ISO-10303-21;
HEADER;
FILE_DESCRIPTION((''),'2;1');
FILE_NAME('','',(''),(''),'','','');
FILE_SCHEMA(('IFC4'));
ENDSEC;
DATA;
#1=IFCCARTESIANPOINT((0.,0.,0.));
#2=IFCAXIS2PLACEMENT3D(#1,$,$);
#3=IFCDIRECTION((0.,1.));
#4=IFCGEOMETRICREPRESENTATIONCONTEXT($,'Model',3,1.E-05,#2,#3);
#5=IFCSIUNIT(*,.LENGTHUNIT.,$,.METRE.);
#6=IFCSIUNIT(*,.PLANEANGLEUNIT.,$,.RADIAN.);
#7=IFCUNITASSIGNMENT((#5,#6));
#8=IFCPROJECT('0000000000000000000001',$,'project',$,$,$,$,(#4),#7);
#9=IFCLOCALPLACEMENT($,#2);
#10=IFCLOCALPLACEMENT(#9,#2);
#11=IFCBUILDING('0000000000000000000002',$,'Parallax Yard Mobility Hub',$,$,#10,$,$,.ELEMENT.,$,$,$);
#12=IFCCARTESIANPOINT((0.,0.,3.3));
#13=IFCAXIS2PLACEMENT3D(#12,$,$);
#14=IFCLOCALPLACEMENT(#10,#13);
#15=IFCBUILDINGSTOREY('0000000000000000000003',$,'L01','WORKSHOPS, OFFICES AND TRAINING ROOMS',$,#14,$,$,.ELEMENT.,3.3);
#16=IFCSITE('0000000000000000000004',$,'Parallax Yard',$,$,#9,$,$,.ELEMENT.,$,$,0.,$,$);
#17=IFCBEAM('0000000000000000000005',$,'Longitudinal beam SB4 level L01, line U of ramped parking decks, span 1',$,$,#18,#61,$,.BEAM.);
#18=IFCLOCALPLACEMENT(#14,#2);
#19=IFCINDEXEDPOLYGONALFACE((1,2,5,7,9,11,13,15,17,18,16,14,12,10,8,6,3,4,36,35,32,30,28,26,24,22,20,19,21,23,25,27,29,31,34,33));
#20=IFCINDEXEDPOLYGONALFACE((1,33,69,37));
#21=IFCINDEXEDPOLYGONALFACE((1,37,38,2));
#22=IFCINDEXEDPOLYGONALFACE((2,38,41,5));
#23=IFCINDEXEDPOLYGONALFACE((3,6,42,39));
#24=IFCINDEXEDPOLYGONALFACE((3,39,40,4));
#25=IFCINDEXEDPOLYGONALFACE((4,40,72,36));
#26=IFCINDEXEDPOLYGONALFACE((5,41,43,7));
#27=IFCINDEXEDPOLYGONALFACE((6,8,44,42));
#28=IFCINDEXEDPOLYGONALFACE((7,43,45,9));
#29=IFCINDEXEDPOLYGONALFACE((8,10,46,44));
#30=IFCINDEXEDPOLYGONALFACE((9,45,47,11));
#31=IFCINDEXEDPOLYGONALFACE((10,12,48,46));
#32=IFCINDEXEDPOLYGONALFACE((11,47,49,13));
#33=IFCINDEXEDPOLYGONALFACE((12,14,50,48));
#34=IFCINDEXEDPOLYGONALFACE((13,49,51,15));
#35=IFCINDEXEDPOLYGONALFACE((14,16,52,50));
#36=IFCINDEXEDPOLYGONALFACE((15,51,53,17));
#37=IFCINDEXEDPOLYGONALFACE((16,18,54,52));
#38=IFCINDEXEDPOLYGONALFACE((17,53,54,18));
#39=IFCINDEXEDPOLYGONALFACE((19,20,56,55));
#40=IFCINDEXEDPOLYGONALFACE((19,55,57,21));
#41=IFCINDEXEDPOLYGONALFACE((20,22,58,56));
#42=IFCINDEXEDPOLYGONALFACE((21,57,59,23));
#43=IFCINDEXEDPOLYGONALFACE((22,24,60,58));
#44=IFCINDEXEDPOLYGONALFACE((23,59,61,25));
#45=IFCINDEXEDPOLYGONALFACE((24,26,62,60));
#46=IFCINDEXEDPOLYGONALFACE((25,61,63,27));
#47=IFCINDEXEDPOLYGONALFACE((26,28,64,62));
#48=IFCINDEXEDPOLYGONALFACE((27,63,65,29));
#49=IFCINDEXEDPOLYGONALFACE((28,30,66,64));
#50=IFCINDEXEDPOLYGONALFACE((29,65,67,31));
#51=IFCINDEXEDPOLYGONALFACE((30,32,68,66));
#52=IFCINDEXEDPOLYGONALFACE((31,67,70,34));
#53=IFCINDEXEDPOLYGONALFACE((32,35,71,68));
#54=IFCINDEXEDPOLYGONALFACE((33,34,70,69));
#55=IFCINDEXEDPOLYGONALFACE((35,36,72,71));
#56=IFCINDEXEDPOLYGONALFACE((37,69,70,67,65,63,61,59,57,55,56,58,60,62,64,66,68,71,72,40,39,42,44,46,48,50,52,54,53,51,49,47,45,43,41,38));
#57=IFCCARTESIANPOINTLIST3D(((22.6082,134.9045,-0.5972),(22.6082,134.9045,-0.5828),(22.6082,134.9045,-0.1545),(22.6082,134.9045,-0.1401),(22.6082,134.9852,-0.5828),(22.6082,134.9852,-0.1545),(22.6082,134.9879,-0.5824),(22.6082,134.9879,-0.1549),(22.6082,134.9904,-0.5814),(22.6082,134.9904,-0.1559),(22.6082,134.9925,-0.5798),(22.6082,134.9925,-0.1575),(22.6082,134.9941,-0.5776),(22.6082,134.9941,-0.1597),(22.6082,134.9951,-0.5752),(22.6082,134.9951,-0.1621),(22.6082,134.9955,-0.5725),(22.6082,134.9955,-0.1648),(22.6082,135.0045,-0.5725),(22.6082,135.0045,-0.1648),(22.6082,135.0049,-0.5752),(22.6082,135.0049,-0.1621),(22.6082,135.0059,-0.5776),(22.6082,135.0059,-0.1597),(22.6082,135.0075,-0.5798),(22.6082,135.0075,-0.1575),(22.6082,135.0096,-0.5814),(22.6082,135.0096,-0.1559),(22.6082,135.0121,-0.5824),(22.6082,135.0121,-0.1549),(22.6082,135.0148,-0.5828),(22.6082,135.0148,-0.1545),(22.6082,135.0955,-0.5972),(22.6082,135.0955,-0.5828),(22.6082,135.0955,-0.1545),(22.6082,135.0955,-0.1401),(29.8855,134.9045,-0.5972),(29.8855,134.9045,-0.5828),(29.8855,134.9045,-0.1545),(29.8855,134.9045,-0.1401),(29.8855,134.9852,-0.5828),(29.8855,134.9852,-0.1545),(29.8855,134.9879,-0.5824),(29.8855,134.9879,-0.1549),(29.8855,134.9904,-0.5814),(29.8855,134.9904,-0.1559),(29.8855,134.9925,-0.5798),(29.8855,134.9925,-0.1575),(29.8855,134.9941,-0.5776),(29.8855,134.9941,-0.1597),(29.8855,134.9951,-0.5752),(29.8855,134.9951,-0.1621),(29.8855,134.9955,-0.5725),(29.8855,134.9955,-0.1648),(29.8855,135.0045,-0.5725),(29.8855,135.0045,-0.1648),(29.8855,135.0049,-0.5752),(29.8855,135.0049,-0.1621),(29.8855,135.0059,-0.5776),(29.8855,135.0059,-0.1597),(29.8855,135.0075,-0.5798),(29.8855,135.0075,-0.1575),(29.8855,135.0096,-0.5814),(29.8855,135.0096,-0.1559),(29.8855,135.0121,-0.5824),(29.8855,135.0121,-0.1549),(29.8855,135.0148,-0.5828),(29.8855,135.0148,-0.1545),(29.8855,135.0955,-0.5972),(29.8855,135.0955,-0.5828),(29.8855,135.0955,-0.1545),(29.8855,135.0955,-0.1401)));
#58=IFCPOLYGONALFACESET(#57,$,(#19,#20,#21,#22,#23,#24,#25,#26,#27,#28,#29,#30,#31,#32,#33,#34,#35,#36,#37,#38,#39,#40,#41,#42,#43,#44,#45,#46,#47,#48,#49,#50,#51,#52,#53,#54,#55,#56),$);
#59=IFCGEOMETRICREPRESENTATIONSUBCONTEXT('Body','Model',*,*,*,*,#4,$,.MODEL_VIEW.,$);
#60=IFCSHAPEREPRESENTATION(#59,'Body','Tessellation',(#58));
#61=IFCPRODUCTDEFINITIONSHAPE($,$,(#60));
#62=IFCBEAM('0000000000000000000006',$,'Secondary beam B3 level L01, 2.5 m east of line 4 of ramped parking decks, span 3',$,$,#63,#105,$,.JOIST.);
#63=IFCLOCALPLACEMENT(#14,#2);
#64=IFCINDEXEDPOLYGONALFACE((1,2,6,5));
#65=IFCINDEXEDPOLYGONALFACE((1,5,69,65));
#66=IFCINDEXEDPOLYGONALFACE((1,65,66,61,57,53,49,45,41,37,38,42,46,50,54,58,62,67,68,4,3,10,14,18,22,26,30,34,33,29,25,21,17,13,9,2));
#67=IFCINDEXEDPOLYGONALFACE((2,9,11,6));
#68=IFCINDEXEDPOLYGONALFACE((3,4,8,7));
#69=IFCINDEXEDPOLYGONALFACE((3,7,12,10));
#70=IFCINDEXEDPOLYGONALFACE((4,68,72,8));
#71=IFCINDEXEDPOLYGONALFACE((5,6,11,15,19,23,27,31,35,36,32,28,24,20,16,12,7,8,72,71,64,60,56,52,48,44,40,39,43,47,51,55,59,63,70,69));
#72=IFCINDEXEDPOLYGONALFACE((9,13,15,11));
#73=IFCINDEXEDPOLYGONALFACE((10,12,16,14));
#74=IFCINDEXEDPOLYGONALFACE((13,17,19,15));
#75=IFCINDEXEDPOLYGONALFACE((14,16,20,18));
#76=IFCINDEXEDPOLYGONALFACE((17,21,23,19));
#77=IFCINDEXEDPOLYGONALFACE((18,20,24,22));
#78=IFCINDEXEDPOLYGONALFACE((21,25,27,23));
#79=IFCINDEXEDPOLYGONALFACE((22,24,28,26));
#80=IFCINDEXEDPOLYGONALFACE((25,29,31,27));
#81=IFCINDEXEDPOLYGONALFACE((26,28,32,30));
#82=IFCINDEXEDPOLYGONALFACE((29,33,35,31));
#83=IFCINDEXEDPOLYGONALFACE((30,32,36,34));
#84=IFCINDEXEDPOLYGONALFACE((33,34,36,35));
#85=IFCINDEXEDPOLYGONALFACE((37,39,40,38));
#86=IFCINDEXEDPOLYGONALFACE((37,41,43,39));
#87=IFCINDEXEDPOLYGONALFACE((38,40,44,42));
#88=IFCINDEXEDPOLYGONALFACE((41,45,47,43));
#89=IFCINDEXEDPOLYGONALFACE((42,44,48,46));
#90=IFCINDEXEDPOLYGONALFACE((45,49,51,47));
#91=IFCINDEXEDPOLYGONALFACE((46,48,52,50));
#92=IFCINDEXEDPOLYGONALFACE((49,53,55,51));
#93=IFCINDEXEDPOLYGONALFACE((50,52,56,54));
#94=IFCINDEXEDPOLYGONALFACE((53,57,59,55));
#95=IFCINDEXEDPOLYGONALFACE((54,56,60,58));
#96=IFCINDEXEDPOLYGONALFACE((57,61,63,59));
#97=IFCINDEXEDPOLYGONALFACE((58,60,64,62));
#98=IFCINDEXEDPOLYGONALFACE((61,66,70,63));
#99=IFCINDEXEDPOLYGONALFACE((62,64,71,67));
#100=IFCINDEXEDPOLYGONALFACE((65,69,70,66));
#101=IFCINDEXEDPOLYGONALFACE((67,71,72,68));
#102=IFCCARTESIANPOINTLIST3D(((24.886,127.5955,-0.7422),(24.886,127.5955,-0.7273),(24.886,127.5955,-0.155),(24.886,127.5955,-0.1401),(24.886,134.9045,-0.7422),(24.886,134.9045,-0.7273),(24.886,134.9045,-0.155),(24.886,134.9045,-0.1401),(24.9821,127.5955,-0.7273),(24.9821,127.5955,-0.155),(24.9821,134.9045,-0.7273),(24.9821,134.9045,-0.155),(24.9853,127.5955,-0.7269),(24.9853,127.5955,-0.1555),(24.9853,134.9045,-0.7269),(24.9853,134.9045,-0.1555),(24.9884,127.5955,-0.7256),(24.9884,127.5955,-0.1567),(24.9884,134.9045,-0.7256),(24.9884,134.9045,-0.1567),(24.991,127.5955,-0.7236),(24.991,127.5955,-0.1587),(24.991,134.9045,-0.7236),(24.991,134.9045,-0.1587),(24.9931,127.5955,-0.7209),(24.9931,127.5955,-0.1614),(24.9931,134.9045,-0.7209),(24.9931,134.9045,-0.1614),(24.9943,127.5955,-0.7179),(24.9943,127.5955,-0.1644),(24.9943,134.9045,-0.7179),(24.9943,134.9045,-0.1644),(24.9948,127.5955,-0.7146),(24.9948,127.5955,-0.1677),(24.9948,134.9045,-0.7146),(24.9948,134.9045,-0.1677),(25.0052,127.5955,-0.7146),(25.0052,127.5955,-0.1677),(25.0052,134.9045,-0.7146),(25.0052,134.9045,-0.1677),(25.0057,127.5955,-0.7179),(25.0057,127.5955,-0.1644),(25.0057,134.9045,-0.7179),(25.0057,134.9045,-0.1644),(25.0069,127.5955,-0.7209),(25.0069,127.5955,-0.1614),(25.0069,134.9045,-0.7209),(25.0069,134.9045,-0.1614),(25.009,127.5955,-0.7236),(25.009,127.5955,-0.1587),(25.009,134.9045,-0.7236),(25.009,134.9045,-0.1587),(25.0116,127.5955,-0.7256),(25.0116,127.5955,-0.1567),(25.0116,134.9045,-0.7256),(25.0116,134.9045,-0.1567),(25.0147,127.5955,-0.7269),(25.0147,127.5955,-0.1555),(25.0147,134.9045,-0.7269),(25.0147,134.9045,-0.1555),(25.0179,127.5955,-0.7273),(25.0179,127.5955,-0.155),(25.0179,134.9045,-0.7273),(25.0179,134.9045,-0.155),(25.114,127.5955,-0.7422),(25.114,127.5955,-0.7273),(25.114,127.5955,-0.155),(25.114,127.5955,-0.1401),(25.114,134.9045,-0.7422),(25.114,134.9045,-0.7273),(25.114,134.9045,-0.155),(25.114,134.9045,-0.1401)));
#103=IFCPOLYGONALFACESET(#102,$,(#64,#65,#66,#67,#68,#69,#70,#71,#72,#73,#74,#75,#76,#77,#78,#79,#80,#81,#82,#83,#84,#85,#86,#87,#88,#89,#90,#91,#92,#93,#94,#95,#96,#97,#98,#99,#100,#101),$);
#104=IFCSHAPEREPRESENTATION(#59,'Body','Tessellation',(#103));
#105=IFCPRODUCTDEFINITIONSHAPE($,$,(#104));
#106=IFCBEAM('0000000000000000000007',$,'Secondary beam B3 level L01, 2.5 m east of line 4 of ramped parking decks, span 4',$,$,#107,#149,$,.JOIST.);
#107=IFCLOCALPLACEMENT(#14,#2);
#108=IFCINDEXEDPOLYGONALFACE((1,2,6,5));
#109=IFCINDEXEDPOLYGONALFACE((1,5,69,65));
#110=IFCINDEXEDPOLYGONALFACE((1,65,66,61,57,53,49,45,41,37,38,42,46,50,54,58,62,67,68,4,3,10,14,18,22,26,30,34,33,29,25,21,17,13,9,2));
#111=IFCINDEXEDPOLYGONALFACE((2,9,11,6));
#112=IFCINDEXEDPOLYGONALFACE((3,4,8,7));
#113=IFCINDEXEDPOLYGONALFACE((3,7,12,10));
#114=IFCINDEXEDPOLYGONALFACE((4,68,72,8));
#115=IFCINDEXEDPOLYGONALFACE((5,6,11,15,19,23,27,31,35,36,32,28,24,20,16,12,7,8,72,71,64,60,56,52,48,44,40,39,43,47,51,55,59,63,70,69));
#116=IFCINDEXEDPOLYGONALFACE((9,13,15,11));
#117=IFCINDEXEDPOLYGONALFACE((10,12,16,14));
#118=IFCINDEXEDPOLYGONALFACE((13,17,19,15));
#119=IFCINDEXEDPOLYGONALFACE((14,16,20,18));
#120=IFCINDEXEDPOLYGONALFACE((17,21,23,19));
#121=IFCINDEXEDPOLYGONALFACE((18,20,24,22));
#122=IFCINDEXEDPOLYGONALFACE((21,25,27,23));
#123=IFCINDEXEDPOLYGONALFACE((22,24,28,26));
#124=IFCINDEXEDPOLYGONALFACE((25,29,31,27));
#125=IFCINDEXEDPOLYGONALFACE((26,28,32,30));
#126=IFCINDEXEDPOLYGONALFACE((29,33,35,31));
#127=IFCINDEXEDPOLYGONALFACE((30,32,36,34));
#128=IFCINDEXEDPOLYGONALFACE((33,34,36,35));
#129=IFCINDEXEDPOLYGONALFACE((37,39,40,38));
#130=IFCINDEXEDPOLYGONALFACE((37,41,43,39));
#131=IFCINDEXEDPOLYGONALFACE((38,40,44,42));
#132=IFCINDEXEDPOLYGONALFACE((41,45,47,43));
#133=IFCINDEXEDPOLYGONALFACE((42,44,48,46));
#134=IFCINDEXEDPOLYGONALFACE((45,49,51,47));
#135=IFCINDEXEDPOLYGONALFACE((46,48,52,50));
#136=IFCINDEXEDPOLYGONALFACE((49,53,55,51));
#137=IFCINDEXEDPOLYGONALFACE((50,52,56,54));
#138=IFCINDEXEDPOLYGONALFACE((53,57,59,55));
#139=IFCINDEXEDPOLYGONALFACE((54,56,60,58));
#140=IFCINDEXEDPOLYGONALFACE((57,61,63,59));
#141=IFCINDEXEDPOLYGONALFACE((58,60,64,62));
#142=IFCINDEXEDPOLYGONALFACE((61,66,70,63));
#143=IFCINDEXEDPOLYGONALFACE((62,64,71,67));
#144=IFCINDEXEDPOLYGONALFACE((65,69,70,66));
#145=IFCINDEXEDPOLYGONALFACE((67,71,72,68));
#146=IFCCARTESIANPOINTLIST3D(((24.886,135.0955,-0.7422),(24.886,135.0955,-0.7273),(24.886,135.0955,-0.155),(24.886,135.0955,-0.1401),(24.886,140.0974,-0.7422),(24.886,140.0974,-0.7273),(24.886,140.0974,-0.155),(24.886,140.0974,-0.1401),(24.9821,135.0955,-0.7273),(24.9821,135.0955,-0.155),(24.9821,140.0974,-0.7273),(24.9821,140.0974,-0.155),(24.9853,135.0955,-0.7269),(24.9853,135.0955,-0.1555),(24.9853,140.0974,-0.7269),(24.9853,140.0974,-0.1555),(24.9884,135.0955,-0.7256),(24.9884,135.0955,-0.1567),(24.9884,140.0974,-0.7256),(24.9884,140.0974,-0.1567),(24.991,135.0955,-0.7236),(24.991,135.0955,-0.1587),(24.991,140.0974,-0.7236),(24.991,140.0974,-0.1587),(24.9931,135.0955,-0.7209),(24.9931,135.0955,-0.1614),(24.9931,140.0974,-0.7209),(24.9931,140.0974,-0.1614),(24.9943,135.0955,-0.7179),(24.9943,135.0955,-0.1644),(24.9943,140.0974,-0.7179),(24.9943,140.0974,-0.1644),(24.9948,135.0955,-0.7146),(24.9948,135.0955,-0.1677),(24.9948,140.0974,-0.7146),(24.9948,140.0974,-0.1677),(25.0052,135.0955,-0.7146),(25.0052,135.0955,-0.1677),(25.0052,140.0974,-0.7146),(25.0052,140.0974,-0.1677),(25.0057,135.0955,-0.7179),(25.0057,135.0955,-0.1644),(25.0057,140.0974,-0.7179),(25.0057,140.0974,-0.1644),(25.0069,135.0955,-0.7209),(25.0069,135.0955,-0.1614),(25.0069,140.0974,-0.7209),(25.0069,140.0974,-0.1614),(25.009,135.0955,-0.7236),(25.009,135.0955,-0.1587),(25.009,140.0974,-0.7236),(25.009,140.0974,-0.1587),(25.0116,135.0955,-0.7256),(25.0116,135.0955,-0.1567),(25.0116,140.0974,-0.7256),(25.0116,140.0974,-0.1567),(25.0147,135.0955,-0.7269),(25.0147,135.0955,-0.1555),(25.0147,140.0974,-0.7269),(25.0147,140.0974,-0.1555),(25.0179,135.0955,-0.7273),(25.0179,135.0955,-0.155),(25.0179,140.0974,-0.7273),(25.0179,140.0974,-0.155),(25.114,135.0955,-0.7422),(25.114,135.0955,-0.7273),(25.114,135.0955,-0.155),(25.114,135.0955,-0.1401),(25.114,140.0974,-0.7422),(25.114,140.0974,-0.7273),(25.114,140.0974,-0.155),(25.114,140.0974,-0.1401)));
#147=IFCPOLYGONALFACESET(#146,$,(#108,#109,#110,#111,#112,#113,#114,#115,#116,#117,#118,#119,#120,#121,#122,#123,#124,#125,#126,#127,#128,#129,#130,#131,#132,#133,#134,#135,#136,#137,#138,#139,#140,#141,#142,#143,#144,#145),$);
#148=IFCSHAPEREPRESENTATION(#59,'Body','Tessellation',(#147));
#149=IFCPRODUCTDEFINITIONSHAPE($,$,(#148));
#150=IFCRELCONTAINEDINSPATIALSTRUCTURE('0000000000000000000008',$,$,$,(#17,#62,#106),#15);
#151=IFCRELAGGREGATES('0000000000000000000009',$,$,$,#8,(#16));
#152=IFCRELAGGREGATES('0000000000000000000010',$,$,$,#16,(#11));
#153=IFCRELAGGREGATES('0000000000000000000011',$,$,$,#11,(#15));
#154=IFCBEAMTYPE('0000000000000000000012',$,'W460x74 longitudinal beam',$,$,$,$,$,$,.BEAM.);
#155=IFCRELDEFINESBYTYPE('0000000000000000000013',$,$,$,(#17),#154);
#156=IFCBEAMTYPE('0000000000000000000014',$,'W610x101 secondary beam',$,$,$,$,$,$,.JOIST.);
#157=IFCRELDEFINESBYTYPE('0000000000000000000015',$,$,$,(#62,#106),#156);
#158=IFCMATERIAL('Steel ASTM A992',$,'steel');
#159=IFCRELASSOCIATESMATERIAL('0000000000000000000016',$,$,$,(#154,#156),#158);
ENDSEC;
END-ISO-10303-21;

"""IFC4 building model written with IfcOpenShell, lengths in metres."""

from ifc_helpers import new_model, si_unit, direction, frame, origin, origin_2d, place, context, subcontext, project, spatial, i_section, extrude, material, material_profile, profile_set, type_object, element, save


model = new_model("IFC4")

# Units and contexts
model_context = context("Model", 3, precision=1e-05, world=origin(), true_north=direction((0.0, 1.0)))
body_context = subcontext(model_context, "Body", "Model", "MODEL_VIEW")
ifc_project = project(units=[si_unit("LENGTHUNIT", "METRE"), si_unit("PLANEANGLEUNIT", "RADIAN")], contexts=[model_context])

# Site, building, storey
site_placement = place(None, origin())
site = spatial("IfcSite", under=ifc_project, at=site_placement, Name="Parallax Yard", CompositionType="ELEMENT", RefElevation=0.0)
building_placement = place(site_placement, origin())
building = spatial("IfcBuilding", under=site, at=building_placement, Name="Parallax Yard Mobility Hub", CompositionType="ELEMENT")
storey_placement = place(building_placement, frame((0.0, 0.0, 3.3)))
storey = spatial("IfcBuildingStorey", under=building, at=storey_placement, Name="L01", Description="WORKSHOPS, OFFICES AND TRAINING ROOMS", CompositionType="ELEMENT", Elevation=3.3)

# Beams
ifc_material_1 = material(Name="Steel ASTM A992", Category="steel")
ifc_material_profile_1 = material_profile(ifc_material_1, i_section(OverallWidth=0.1909, OverallDepth=0.457, WebThickness=0.009, FlangeThickness=0.0144, FilletRadius=0.0103, at=origin_2d()), Name="W460x74")
ifc_profile_set_1 = profile_set([ifc_material_profile_1], Name="Steel ASTM A992")
beam_type_1 = type_object("IfcBeamType", Name="W460x74 longitudinal beam", PredefinedType="BEAM", material=ifc_profile_set_1)
beam_1_placement = place(storey_placement, frame((22.6082, 135.0, -0.3687), z_axis=(1.0, 0.0, 0.0), x_axis=(0.0, 1.0, 0.0)))
element("IfcBeam", 1, at=beam_1_placement, inside=storey, type_object=beam_type_1, Name="Longitudinal beam SB4 level L01, line U of ramped parking decks, span 1", PredefinedType="BEAM", context=body_context, shape_type="SweptSolid", body=[
    extrude(i_section(OverallWidth=0.1909, OverallDepth=0.457, WebThickness=0.009, FlangeThickness=0.0144, FilletRadius=0.0103, at=origin_2d()), origin(), (0.0, 0.0, 1.0), 7.2773),
])
ifc_material_profile_2 = material_profile(ifc_material_1, i_section(OverallWidth=0.228, OverallDepth=0.6021, WebThickness=0.0105, FlangeThickness=0.0149, FilletRadius=0.0127, at=origin_2d()), Name="W610x101")
ifc_profile_set_2 = profile_set([ifc_material_profile_2], Name="Steel ASTM A992")
beam_type_2 = type_object("IfcBeamType", Name="W610x101 secondary beam", PredefinedType="JOIST", material=ifc_profile_set_2)
beam_2_placement = place(storey_placement, frame((25.0, 127.5955, -0.4412), z_axis=(0.0, 1.0, 0.0), x_axis=(-1.0, 0.0, 0.0)))
element("IfcBeam", 2, at=beam_2_placement, inside=storey, type_object=beam_type_2, Name="Secondary beam B3 level L01, 2.5 m east of line 4 of ramped parking decks, span 3", PredefinedType="JOIST", context=body_context, shape_type="SweptSolid", body=[
    extrude(i_section(OverallWidth=0.228, OverallDepth=0.6021, WebThickness=0.0105, FlangeThickness=0.0149, FilletRadius=0.0127, at=origin_2d()), origin(), (0.0, 0.0, 1.0), 7.3091),
])
beam_3_placement = place(storey_placement, frame((25.0, 135.0955, -0.4412), z_axis=(0.0, 1.0, 0.0), x_axis=(-1.0, 0.0, 0.0)))
element("IfcBeam", 3, at=beam_3_placement, inside=storey, type_object=beam_type_2, Name="Secondary beam B3 level L01, 2.5 m east of line 4 of ramped parking decks, span 4", PredefinedType="JOIST", context=body_context, shape_type="SweptSolid", body=[
    extrude(i_section(OverallWidth=0.228, OverallDepth=0.6021, WebThickness=0.0105, FlangeThickness=0.0149, FilletRadius=0.0127, at=origin_2d()), origin(), (0.0, 0.0, 1.0), 5.002),
])

save(model, "model.ifc")
